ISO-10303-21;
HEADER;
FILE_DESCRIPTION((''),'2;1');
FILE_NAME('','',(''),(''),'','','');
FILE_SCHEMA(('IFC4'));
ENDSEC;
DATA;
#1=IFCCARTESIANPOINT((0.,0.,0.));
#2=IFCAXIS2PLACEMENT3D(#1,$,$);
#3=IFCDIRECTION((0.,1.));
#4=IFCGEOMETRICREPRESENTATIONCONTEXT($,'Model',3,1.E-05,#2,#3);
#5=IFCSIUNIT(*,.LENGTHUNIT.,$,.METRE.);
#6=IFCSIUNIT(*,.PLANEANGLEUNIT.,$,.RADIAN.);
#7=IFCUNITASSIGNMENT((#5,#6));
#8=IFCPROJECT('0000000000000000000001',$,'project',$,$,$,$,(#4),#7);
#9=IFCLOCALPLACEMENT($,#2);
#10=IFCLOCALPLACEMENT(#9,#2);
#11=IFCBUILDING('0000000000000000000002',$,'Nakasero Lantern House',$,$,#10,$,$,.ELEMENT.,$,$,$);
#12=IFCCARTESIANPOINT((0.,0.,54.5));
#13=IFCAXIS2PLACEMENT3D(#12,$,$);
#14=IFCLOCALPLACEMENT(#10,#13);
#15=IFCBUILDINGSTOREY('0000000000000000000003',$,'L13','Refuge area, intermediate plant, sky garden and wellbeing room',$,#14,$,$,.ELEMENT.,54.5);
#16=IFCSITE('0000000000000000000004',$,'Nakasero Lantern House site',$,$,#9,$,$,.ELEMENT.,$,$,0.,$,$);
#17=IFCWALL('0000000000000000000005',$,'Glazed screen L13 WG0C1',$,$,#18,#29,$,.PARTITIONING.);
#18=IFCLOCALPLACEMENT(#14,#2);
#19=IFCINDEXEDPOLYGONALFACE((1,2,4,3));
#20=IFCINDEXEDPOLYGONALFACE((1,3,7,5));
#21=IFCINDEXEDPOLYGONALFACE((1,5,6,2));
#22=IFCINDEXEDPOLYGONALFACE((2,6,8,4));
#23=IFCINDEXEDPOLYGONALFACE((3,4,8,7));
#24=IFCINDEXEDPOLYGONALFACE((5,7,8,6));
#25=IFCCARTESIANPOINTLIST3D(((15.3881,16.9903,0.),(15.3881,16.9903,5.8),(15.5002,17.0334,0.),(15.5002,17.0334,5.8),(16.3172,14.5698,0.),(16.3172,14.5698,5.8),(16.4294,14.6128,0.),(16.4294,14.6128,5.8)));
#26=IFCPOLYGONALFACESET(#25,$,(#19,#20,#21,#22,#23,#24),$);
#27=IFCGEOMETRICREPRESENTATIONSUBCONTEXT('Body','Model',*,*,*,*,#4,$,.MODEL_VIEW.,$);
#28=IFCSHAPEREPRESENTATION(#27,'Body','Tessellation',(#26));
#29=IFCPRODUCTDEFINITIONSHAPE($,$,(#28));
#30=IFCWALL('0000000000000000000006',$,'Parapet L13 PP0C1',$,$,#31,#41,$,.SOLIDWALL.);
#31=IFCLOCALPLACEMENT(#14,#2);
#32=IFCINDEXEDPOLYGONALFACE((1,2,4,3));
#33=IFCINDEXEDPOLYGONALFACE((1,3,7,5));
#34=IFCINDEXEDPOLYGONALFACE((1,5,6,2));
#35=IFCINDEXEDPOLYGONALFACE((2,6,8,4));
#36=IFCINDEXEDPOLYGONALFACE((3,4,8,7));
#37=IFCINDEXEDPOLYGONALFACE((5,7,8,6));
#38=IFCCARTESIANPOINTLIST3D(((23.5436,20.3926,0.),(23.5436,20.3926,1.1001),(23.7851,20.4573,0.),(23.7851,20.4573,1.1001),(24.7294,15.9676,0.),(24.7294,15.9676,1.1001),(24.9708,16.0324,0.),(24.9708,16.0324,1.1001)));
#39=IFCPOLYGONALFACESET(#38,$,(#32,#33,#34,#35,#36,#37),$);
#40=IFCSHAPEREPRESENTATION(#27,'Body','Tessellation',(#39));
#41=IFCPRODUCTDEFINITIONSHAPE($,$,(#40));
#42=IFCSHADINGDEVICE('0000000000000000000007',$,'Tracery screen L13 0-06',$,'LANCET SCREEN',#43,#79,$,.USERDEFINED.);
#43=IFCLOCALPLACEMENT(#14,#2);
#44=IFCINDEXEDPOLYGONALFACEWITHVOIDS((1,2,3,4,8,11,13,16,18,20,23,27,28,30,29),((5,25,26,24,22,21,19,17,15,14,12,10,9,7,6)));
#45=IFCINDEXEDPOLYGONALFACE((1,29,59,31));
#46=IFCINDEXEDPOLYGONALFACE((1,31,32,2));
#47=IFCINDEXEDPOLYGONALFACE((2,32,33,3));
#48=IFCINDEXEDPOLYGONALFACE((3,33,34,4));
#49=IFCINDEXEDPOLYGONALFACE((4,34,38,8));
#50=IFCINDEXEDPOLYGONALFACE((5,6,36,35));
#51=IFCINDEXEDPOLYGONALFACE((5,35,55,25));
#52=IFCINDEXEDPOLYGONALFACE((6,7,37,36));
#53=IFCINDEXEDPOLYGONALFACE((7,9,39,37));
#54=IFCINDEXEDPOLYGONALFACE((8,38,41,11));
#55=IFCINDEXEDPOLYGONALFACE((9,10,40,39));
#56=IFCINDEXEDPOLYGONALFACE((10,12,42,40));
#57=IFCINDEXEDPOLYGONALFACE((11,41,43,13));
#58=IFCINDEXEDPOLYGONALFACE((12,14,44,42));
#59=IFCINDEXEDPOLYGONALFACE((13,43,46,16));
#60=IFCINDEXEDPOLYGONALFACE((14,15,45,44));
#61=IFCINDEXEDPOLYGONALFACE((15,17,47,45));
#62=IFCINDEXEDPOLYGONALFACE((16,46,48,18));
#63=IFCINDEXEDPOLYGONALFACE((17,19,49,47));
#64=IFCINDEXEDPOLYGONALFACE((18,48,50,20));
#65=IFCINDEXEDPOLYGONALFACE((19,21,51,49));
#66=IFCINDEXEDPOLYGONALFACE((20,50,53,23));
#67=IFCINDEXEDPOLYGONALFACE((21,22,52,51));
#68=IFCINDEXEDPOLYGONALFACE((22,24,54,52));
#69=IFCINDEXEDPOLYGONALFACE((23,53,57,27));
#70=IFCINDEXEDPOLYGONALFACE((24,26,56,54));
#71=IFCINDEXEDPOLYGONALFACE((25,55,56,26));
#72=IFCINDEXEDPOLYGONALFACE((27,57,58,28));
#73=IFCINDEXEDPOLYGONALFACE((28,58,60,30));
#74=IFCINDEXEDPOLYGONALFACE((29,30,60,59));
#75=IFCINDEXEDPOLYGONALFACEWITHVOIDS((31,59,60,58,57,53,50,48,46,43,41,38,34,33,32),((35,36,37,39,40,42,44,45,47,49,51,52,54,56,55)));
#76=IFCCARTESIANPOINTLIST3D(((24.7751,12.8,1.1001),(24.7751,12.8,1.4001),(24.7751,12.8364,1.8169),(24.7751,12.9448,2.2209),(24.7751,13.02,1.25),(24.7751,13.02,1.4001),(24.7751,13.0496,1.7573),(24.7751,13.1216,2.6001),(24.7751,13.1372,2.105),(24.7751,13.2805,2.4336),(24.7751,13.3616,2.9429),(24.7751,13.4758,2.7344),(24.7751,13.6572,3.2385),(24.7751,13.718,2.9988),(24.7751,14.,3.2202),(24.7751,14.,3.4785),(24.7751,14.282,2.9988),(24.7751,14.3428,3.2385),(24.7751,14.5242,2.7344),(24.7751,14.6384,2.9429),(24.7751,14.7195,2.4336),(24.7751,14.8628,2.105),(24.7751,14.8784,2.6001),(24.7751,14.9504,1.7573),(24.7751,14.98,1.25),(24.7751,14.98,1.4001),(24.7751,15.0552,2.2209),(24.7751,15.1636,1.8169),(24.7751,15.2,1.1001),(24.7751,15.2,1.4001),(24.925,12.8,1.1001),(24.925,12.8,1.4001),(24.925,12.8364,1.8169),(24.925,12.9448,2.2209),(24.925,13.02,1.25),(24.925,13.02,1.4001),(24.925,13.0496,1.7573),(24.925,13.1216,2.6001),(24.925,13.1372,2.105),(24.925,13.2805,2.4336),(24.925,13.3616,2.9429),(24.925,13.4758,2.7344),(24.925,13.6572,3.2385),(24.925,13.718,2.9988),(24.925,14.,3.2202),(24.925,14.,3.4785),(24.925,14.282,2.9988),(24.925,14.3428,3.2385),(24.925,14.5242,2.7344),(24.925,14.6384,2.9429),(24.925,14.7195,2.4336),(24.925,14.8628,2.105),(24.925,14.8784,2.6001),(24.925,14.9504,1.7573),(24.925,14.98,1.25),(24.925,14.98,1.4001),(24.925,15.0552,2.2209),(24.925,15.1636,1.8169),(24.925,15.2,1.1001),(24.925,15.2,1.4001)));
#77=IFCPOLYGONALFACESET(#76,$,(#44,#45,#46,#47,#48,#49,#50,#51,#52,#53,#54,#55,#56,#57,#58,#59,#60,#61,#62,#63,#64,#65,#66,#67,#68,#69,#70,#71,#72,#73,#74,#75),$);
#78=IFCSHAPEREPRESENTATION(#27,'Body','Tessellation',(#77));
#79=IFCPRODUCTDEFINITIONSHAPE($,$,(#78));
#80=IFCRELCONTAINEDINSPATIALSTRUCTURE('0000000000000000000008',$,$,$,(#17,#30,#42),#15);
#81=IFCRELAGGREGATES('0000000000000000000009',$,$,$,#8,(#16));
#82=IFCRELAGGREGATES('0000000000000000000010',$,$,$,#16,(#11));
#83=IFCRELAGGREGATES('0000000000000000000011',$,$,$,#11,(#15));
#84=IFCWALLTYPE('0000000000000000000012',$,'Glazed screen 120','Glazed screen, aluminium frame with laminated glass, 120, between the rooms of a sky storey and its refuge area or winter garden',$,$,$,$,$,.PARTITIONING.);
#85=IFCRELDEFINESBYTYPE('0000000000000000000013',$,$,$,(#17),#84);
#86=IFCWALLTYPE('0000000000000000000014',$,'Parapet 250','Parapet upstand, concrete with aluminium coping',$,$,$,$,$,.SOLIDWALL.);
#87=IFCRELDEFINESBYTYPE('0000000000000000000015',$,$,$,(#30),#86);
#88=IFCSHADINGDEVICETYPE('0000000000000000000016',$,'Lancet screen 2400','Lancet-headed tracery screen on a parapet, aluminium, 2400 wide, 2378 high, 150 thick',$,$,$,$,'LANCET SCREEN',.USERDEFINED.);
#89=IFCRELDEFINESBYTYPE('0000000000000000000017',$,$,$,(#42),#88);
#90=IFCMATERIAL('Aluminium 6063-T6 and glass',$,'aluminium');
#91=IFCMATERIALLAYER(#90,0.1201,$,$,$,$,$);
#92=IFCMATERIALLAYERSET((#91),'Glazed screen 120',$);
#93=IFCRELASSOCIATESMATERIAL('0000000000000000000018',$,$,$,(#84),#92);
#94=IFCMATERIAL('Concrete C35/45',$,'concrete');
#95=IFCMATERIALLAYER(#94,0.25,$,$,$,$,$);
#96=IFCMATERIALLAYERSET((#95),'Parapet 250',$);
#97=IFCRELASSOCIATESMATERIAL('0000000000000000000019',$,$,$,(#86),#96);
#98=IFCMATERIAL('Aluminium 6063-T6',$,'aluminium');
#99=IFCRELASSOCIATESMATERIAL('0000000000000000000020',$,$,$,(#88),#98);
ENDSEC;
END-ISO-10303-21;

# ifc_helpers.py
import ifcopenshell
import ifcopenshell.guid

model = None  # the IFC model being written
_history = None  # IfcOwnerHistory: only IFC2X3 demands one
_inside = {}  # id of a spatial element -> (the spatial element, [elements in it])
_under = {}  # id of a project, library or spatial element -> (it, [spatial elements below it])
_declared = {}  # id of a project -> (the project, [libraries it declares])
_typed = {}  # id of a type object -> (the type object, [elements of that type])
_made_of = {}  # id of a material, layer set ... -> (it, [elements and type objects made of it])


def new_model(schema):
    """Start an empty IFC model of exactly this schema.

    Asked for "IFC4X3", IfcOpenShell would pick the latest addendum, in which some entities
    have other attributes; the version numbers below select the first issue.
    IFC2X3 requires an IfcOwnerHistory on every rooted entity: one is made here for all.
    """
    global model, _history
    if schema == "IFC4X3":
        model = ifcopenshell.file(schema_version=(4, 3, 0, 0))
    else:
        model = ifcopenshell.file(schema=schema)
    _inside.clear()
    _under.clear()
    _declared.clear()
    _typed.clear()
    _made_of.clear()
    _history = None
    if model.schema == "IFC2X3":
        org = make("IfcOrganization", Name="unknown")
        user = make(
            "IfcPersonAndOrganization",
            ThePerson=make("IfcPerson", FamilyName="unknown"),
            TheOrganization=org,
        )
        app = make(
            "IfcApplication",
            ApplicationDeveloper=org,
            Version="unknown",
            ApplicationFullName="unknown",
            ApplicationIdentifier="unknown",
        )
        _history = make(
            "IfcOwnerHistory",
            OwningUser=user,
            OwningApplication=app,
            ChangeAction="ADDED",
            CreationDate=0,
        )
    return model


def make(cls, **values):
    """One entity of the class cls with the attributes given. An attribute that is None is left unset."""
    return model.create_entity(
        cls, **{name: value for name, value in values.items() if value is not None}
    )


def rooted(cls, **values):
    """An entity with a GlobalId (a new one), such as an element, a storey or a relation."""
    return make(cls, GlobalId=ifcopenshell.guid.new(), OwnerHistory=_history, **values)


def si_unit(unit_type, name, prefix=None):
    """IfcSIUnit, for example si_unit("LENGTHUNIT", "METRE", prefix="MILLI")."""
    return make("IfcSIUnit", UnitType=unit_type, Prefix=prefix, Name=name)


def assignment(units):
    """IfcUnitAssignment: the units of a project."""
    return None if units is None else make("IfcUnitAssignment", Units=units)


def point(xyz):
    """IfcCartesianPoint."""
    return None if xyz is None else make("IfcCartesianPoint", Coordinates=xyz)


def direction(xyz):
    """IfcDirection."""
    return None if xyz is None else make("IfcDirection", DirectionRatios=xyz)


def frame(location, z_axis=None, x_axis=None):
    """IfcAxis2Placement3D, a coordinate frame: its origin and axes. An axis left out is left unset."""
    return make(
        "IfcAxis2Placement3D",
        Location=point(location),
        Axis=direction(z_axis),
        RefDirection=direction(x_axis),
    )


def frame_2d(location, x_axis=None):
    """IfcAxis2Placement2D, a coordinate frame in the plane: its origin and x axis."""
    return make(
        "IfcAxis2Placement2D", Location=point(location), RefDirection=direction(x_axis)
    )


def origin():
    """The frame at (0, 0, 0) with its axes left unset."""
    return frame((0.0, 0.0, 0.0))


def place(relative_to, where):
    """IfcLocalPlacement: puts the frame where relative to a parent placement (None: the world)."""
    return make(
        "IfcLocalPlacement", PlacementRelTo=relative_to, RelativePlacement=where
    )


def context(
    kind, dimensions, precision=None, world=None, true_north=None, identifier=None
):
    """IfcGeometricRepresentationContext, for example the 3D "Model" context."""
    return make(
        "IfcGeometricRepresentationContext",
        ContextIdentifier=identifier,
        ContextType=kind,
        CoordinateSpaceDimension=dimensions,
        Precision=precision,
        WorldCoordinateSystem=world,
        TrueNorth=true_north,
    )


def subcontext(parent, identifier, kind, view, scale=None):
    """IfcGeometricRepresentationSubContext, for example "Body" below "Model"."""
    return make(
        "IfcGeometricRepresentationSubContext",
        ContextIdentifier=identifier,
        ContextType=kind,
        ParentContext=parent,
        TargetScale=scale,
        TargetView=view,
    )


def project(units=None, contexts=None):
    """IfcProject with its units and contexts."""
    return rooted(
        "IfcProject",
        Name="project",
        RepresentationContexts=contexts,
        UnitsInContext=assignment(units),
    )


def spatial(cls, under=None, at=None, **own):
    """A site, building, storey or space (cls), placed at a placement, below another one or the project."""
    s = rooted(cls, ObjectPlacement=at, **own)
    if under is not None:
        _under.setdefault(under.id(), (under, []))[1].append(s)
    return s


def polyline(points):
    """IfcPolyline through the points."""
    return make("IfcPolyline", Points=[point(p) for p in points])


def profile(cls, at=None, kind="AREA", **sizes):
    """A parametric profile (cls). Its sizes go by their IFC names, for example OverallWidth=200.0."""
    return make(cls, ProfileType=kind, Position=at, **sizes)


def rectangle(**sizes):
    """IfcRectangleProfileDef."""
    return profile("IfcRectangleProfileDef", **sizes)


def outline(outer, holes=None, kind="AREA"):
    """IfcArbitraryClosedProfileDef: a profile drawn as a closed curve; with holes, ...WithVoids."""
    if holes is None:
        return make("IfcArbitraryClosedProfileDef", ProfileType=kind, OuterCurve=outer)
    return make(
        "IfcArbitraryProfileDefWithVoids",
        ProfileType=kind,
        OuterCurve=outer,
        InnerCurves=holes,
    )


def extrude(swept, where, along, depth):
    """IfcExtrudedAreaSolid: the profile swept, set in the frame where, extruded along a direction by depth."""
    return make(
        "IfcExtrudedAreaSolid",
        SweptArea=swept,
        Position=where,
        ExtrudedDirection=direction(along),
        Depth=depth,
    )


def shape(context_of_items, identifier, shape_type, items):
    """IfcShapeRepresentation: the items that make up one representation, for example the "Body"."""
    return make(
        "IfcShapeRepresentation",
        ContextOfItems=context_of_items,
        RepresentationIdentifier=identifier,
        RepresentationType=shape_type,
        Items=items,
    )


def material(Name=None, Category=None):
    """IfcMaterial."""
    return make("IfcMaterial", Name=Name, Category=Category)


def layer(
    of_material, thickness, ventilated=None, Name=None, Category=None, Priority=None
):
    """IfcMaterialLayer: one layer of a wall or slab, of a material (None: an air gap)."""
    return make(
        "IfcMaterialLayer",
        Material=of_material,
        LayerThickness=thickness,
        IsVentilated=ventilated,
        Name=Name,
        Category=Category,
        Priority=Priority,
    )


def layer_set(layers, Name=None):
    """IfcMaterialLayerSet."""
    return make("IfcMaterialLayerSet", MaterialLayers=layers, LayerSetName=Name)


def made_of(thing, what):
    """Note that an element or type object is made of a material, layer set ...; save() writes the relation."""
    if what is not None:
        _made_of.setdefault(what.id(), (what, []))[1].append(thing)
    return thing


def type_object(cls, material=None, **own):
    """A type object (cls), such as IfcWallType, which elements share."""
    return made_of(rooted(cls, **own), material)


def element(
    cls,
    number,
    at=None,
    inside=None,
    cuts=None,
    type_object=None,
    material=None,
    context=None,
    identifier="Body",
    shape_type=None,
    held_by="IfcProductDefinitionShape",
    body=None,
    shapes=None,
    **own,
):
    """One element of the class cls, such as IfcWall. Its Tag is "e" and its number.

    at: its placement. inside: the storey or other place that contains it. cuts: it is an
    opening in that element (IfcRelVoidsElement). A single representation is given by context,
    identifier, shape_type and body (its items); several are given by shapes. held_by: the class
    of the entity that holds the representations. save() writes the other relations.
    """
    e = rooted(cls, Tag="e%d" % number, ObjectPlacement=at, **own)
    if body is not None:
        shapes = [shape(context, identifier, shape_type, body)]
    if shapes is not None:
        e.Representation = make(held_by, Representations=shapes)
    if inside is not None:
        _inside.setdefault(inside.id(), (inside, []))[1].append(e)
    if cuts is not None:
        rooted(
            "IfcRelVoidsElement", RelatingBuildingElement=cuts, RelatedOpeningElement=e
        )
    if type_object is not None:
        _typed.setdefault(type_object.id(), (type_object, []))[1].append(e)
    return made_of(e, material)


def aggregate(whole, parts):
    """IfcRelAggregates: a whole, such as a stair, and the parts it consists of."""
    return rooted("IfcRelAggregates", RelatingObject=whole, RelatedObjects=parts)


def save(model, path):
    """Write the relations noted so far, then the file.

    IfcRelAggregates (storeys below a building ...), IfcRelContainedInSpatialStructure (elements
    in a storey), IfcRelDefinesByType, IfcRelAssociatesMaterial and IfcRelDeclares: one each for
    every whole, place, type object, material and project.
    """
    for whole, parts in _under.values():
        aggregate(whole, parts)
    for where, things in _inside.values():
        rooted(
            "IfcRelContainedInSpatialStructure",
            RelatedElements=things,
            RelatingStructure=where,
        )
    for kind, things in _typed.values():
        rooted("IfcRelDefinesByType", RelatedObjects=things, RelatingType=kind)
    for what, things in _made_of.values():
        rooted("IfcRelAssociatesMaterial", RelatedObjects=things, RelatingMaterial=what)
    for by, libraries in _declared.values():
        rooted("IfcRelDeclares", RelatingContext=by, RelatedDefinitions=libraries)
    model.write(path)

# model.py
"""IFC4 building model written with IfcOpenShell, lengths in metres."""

from ifc_helpers import new_model, si_unit, direction, frame, frame_2d, origin, place, context, subcontext, project, spatial, polyline, rectangle, outline, extrude, material, layer, layer_set, type_object, element, save


model = new_model("IFC4")

# Units and contexts
model_context = context("Model", 3, precision=1e-05, world=origin(), true_north=direction((0.0, 1.0)))
body_context = subcontext(model_context, "Body", "Model", "MODEL_VIEW")
ifc_project = project(units=[si_unit("LENGTHUNIT", "METRE"), si_unit("PLANEANGLEUNIT", "RADIAN")], contexts=[model_context])

# Site, building, storey
site_placement = place(None, origin())
site = spatial("IfcSite", under=ifc_project, at=site_placement, Name="Nakasero Lantern House site", CompositionType="ELEMENT", RefElevation=0.0)
building_placement = place(site_placement, origin())
building = spatial("IfcBuilding", under=site, at=building_placement, Name="Nakasero Lantern House", CompositionType="ELEMENT")
storey_placement = place(building_placement, frame((0.0, 0.0, 54.5)))
storey = spatial("IfcBuildingStorey", under=building, at=storey_placement, Name="L13", Description="Refuge area, intermediate plant, sky garden and wellbeing room", CompositionType="ELEMENT", Elevation=54.5)

# Walls
ifc_material_1 = material(Name="Aluminium 6063-T6 and glass", Category="aluminium")
ifc_layer_1 = layer(ifc_material_1, 0.1201)
ifc_layer_set_1 = layer_set([ifc_layer_1], Name="Glazed screen 120")
wall_type_1 = type_object("IfcWallType", Name="Glazed screen 120", Description="Glazed screen, aluminium frame with laminated glass, 120, between the rooms of a sky storey and its refuge area or winter garden", PredefinedType="PARTITIONING", material=ifc_layer_set_1)
wall_1_placement = place(storey_placement, frame((16.3733, 14.5913, 0.0), z_axis=(0.0, 0.0, 1.0), x_axis=(-0.358367, 0.933581, 0.0)))
element("IfcWall", 1, at=wall_1_placement, inside=storey, type_object=wall_type_1, Name="Glazed screen L13 WG0C1", PredefinedType="PARTITIONING", context=body_context, shape_type="SweptSolid", body=[
    extrude(rectangle(XDim=2.5928, YDim=0.1201, at=frame_2d((1.2964, 0.0))), origin(), (0.0, 0.0, 1.0), 5.8),
])
ifc_material_2 = material(Name="Concrete C35/45", Category="concrete")
ifc_layer_2 = layer(ifc_material_2, 0.25)
ifc_layer_set_2 = layer_set([ifc_layer_2], Name="Parapet 250")
wall_type_2 = type_object("IfcWallType", Name="Parapet 250", Description="Parapet upstand, concrete with aluminium coping", PredefinedType="SOLIDWALL", material=ifc_layer_set_2)
wall_2_placement = place(storey_placement, frame((24.8501, 16.0, 0.0), z_axis=(0.0, 0.0, 1.0), x_axis=(-0.25884, 0.96592, 0.0)))
element("IfcWall", 2, at=wall_2_placement, inside=storey, type_object=wall_type_2, Name="Parapet L13 PP0C1", PredefinedType="SOLIDWALL", context=body_context, shape_type="SweptSolid", body=[
    extrude(rectangle(XDim=4.5811, YDim=0.25, at=frame_2d((2.2905, 0.0))), origin(), (0.0, 0.0, 1.0), 1.1001),
])

# Shading device
ifc_material_3 = material(Name="Aluminium 6063-T6", Category="aluminium")
shading_device_type = type_object("IfcShadingDeviceType", Name="Lancet screen 2400", Description="Lancet-headed tracery screen on a parapet, aluminium, 2400 wide, 2378 high, 150 thick", ElementType="LANCET SCREEN", PredefinedType="USERDEFINED", material=ifc_material_3)
shading_device_placement = place(storey_placement, frame((24.8501, 14.0, 1.1001), z_axis=(0.0, 0.0, 1.0), x_axis=(0.0, 1.0, 0.0)))
element("IfcShadingDevice", 3, at=shading_device_placement, inside=storey, type_object=shading_device_type, Name="Tracery screen L13 0-06", ObjectType="LANCET SCREEN", PredefinedType="USERDEFINED", context=body_context, shape_type="SweptSolid", body=[
    extrude(outline(polyline([(-1.2, 0.0), (1.2, 0.0), (1.2, 0.3), (1.1636, 0.7168), (1.0552, 1.1208), (0.8784, 1.5), (0.6384, 1.8428), (0.3428, 2.1384), (0.0, 2.3784), (-0.3428, 2.1384), (-0.6384, 1.8428), (-0.8784, 1.5), (-1.0552, 1.1208), (-1.1636, 0.7168), (-1.2, 0.3), (-1.2, 0.0)]), holes=[polyline([(-0.98, 0.1499), (0.98, 0.1499), (0.98, 0.3), (0.9504, 0.6572), (0.8628, 1.0049), (0.7195, 1.3335), (0.5242, 1.6343), (0.282, 1.8987), (0.0, 2.1201), (-0.282, 1.8987), (-0.5242, 1.6343), (-0.7195, 1.3335), (-0.8628, 1.0049), (-0.9504, 0.6572), (-0.98, 0.3), (-0.98, 0.1499)])]), frame((0.0, 0.075, 0.0), z_axis=(0.0, -1.0, 0.0), x_axis=(1.0, 0.0, 0.0)), (0.0, 0.0, 1.0), 0.1499),
])

save(model, "model.ifc")
